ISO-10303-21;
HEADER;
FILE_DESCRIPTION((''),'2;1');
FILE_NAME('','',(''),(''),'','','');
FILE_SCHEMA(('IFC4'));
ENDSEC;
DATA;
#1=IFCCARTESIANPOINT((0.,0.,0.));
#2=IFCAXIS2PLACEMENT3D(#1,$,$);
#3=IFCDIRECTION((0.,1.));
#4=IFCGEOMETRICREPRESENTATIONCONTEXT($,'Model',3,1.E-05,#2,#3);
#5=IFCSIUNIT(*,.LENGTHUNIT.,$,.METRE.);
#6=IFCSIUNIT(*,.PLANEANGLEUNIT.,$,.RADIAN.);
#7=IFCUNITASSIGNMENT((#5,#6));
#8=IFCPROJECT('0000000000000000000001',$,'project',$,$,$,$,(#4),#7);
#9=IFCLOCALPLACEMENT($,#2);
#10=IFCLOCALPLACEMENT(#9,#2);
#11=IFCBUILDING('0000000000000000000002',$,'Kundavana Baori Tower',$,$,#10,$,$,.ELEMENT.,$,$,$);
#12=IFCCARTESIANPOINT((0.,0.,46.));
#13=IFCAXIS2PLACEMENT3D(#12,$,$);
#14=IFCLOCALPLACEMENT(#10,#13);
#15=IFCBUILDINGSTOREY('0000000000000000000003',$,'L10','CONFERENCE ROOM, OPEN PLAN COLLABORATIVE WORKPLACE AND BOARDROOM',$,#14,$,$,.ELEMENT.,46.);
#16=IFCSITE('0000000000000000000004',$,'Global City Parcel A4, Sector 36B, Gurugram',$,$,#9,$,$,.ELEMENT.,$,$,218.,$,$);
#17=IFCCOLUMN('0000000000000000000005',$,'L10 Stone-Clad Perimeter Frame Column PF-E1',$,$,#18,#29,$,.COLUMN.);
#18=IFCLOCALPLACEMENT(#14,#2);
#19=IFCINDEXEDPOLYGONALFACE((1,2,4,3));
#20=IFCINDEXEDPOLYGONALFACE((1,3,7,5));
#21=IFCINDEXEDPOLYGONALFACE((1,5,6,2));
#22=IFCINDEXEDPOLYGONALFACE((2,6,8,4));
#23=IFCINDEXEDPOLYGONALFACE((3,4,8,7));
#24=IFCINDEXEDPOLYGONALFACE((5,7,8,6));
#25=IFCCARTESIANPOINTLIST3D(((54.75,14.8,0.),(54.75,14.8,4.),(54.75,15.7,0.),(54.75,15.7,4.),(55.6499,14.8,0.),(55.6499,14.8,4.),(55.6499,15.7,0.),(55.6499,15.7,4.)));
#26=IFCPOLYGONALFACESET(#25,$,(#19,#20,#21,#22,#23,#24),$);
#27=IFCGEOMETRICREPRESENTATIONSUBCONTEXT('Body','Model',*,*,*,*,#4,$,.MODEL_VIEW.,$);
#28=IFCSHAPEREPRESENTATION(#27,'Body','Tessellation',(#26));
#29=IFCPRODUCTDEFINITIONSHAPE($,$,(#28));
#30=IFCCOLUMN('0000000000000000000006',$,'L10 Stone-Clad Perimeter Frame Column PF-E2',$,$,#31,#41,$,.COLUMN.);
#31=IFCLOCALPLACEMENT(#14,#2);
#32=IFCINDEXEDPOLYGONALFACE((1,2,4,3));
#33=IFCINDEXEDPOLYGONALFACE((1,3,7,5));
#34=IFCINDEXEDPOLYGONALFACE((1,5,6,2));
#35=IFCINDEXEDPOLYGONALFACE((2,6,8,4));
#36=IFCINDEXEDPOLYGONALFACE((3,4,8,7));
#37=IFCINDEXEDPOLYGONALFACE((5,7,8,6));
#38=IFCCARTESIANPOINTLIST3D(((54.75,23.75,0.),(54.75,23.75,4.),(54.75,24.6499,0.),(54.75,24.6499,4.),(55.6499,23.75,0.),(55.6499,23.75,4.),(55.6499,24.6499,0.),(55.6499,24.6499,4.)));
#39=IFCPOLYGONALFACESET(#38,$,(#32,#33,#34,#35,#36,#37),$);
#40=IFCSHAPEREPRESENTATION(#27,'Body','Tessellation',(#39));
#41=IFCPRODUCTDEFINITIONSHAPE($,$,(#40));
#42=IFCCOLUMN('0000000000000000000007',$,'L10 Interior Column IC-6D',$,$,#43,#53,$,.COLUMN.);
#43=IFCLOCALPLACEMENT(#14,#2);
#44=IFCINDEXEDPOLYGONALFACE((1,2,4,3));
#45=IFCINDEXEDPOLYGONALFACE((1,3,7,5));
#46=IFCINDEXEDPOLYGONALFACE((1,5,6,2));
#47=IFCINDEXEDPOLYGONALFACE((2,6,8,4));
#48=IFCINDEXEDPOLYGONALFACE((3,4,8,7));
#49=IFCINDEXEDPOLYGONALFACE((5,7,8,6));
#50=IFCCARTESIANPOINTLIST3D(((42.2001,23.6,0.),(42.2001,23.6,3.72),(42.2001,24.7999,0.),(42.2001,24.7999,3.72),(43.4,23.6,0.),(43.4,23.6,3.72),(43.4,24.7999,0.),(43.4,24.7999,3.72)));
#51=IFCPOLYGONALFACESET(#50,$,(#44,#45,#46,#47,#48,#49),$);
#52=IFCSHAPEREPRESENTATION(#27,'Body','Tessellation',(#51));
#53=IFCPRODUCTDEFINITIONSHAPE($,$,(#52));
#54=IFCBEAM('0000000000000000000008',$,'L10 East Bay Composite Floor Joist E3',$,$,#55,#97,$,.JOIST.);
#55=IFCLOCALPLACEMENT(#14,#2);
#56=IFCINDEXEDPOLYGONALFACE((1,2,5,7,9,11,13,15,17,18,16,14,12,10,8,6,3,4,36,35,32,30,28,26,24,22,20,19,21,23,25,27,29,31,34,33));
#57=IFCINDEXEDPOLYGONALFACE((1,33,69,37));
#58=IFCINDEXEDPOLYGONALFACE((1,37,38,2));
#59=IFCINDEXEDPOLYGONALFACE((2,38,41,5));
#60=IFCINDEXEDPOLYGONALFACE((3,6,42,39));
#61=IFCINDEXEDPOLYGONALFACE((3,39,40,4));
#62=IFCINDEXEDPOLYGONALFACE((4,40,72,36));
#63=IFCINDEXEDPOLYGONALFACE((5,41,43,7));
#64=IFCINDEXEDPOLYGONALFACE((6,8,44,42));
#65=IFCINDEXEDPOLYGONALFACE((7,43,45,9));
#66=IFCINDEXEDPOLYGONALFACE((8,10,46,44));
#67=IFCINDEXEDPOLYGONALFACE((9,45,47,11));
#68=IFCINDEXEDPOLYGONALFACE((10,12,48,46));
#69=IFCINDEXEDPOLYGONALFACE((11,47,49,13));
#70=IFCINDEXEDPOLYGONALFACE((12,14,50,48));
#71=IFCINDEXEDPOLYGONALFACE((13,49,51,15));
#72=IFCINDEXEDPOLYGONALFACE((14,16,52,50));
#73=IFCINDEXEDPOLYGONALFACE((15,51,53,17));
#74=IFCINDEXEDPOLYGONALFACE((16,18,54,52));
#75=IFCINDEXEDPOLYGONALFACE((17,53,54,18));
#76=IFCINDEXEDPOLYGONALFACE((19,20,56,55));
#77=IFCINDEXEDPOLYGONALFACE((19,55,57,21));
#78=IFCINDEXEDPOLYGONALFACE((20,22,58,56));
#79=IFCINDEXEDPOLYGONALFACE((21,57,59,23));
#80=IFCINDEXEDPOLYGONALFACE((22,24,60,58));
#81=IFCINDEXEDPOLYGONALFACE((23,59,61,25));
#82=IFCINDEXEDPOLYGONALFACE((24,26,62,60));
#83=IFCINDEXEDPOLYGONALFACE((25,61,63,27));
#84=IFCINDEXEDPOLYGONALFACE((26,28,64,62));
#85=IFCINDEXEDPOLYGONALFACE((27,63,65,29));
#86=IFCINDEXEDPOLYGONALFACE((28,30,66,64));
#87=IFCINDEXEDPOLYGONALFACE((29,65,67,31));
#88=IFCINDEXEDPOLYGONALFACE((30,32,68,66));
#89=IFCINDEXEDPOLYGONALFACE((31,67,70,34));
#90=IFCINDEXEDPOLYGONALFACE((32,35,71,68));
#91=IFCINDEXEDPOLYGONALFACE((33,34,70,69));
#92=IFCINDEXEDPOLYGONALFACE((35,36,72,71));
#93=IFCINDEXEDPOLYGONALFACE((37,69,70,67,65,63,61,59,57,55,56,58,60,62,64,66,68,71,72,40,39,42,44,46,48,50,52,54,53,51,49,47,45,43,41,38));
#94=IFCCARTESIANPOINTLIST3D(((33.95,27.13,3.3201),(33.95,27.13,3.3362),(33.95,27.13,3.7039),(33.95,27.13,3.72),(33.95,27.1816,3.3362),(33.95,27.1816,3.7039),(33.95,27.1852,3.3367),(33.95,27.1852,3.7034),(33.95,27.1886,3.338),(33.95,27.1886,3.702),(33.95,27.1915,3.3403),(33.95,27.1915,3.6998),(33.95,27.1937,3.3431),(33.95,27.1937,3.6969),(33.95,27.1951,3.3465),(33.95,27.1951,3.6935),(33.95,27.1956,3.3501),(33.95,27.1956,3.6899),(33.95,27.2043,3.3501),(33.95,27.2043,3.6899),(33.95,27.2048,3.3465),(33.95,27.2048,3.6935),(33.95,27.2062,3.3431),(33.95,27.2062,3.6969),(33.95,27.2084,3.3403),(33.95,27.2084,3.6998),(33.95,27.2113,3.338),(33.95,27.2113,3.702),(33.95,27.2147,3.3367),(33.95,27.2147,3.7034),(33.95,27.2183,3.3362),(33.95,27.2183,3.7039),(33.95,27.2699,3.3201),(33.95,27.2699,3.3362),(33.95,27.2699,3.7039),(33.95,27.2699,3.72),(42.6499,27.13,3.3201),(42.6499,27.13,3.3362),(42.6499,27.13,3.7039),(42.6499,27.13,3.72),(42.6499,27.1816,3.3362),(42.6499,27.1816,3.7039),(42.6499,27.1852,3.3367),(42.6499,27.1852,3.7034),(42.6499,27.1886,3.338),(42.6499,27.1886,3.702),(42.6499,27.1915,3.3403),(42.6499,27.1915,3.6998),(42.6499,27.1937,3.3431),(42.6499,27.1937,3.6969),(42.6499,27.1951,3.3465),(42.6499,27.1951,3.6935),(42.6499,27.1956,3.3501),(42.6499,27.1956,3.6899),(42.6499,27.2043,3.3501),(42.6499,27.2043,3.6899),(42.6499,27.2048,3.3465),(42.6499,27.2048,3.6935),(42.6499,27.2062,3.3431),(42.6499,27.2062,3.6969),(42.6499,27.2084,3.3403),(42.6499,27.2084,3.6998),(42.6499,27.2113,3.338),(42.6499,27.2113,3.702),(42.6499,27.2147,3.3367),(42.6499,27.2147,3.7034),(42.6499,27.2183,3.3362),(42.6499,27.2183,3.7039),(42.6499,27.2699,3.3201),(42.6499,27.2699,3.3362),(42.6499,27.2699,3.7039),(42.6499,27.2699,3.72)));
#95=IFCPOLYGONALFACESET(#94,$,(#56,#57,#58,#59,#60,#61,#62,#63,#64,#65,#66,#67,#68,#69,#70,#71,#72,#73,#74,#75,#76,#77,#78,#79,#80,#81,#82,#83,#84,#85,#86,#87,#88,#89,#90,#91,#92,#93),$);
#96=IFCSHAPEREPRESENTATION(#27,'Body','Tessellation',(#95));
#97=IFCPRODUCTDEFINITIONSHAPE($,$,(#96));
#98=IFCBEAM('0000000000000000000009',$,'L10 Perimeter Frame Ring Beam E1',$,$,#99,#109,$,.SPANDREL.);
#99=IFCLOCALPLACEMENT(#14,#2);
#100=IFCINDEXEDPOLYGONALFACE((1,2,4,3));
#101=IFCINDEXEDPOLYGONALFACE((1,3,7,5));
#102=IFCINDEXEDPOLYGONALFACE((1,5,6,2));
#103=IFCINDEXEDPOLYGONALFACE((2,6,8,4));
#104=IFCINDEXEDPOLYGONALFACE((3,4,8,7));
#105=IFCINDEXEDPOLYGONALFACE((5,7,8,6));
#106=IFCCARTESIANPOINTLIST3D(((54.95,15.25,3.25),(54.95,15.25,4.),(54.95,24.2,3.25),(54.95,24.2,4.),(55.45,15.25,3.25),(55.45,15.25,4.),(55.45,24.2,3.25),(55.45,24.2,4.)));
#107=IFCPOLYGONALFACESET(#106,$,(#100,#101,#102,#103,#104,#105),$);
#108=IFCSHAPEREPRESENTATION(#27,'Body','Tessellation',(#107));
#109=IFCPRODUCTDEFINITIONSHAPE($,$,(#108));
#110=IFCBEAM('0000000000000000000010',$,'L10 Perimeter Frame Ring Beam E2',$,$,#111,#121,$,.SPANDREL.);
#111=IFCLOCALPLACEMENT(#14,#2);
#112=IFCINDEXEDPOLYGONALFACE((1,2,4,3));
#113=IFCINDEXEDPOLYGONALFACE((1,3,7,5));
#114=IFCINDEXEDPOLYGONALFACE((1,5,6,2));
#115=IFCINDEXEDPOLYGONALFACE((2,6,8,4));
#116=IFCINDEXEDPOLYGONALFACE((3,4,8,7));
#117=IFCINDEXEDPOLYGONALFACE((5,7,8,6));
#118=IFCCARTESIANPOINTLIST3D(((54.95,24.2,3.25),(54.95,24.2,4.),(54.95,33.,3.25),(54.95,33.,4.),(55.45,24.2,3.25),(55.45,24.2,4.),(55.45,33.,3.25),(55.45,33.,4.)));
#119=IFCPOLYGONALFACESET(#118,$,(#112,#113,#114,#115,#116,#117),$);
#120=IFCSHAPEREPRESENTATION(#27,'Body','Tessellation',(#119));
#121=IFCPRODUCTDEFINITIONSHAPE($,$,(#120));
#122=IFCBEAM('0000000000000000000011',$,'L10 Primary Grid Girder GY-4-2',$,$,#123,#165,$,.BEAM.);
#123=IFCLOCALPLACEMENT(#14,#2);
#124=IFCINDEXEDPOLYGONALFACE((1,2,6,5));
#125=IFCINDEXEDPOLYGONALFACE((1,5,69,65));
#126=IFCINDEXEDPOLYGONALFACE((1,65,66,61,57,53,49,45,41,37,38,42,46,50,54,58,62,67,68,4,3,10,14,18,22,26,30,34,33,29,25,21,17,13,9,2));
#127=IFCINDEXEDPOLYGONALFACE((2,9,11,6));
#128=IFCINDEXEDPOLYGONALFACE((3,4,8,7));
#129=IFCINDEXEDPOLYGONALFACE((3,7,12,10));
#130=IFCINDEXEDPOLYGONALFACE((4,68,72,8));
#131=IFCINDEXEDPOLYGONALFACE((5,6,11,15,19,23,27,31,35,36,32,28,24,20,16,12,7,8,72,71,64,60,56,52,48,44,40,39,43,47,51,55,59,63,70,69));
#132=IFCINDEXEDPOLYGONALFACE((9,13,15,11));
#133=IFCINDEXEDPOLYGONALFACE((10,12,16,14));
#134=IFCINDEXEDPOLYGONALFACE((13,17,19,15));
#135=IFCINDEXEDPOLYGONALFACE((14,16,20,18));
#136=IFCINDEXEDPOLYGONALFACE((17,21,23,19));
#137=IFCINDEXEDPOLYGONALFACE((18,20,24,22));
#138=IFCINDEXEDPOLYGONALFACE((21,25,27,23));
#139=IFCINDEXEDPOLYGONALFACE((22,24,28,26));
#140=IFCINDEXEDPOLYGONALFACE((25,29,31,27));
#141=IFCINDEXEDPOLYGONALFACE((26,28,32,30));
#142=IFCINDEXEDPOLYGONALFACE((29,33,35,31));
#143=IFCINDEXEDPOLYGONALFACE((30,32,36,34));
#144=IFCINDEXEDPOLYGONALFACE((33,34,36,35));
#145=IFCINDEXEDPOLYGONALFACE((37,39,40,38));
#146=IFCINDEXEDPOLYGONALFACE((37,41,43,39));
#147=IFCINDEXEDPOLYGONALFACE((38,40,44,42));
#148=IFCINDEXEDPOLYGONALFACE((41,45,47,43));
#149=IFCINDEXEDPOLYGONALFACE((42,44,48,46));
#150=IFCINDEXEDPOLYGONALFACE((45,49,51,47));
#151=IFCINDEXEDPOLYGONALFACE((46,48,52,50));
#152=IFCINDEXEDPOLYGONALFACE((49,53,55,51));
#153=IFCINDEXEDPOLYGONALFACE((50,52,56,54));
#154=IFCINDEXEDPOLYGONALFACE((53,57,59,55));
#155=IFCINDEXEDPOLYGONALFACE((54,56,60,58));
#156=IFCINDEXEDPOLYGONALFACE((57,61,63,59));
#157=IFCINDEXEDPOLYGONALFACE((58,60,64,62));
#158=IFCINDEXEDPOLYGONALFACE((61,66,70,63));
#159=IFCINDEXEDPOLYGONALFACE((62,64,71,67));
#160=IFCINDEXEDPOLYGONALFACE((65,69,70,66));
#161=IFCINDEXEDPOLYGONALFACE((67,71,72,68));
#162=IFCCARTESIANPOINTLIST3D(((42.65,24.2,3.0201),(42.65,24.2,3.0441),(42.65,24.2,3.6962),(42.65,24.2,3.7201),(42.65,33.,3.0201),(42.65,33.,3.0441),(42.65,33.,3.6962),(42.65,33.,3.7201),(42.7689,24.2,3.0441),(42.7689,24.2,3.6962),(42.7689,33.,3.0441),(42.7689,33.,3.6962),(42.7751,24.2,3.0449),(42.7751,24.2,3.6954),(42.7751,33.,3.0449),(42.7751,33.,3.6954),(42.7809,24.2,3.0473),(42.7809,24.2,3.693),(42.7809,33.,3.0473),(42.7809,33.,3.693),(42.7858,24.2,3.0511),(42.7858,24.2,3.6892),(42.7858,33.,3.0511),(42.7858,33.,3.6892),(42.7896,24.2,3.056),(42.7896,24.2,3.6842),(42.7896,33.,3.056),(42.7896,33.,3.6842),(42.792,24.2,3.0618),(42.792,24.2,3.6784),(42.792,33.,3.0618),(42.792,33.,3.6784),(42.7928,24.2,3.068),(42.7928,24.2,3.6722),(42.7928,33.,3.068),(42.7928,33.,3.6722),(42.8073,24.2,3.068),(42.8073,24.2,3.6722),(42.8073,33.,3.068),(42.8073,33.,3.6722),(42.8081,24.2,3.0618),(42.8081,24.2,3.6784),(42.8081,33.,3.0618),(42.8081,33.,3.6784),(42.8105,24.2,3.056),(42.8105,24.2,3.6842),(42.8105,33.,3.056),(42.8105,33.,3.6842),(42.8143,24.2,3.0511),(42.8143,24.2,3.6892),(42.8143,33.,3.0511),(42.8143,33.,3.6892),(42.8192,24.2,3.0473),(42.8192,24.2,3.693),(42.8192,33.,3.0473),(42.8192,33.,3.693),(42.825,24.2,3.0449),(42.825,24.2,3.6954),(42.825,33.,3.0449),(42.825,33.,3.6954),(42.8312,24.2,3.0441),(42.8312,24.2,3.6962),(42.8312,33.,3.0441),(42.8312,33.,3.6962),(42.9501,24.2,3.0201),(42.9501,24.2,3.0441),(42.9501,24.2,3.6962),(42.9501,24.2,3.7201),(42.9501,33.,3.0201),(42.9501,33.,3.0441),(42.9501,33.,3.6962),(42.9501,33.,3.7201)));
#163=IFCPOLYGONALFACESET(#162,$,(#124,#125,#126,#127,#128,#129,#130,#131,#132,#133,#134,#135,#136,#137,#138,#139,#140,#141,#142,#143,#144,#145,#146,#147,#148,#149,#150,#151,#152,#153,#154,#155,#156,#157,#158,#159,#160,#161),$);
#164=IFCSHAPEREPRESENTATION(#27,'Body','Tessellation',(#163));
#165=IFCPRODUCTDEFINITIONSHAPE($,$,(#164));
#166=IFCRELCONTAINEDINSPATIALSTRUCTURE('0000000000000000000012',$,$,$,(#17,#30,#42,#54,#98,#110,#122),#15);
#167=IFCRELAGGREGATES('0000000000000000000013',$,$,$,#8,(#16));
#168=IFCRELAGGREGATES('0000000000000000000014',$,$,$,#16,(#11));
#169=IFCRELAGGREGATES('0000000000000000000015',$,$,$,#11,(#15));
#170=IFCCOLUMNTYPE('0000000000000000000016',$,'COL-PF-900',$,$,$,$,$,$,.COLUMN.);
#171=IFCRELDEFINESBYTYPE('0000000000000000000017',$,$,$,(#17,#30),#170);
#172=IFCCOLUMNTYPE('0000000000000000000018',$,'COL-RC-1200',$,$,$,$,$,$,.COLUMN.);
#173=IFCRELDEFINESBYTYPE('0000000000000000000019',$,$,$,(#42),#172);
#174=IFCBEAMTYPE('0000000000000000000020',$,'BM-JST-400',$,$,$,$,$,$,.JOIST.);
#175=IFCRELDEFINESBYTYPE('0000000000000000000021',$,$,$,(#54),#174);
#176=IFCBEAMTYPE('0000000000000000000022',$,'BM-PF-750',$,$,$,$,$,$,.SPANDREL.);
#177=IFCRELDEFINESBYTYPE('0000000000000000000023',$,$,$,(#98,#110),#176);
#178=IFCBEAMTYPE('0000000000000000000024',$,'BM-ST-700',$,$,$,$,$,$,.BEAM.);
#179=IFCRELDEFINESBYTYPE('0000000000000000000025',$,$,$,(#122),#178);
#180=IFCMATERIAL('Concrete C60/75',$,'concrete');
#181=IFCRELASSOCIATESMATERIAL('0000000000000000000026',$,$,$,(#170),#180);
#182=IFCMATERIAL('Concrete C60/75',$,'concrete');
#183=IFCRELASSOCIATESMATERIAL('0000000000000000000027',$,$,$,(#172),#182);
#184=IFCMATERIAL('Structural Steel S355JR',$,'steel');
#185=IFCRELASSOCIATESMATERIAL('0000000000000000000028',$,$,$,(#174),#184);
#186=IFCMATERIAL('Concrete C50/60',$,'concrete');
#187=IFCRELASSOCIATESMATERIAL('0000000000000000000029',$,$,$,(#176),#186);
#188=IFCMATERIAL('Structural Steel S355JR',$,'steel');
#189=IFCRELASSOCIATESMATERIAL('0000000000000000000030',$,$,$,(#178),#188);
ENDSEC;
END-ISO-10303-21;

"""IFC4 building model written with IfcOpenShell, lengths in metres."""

from ifc_helpers import new_model, si_unit, direction, frame, origin, origin_2d, place, context, subcontext, project, spatial, rectangle, i_section, extrude, material, material_profile, profile_set, type_object, element, save


model = new_model("IFC4")

# Units and contexts
model_context = context("Model", 3, precision=1e-05, world=origin(), true_north=direction((0.0, 1.0)))
body_context = subcontext(model_context, "Body", "Model", "MODEL_VIEW")
ifc_project = project(units=[si_unit("LENGTHUNIT", "METRE"), si_unit("PLANEANGLEUNIT", "RADIAN")], contexts=[model_context])

# Site, building, storey
site_placement = place(None, origin())
site = spatial("IfcSite", under=ifc_project, at=site_placement, Name="Global City Parcel A4, Sector 36B, Gurugram", CompositionType="ELEMENT", RefElevation=218.0)
building_placement = place(site_placement, origin())
building = spatial("IfcBuilding", under=site, at=building_placement, Name="Kundavana Baori Tower", CompositionType="ELEMENT")
storey_placement = place(building_placement, frame((0.0, 0.0, 46.0)))
storey = spatial("IfcBuildingStorey", under=building, at=storey_placement, Name="L10", Description="CONFERENCE ROOM, OPEN PLAN COLLABORATIVE WORKPLACE AND BOARDROOM", CompositionType="ELEMENT", Elevation=46.0)

# Columns
ifc_material_1 = material(Name="Concrete C60/75", Category="concrete")
ifc_material_profile_1 = material_profile(ifc_material_1, rectangle(XDim=0.8999, YDim=0.8999, at=origin_2d()), Name="RC PF 900x900")
ifc_profile_set_1 = profile_set([ifc_material_profile_1], Name="Concrete C60/75")
column_type_1 = type_object("IfcColumnType", Name="COL-PF-900", PredefinedType="COLUMN", material=ifc_profile_set_1)
for number, where, z_axis, x_axis, name in (
    (1, (55.2, 15.25, 0.0), (0.0, 0.0, 1.0), (1.0, 0.0, 0.0), "L10 Stone-Clad Perimeter Frame Column PF-E1"),
    (2, (55.2, 24.2, 0.0), (0.0, 0.0, 1.0), (1.0, 0.0, 0.0), "L10 Stone-Clad Perimeter Frame Column PF-E2"),
):
    element("IfcColumn", number, at=place(storey_placement, frame(where, z_axis=z_axis, x_axis=x_axis)), inside=storey, type_object=column_type_1, Name=name, PredefinedType="COLUMN", context=body_context, shape_type="SweptSolid", body=[
        extrude(rectangle(XDim=0.8999, YDim=0.8999, at=origin_2d()), origin(), (0.0, 0.0, 1.0), 4.0),
    ])
ifc_material_2 = material(Name="Concrete C60/75", Category="concrete")
ifc_material_profile_2 = material_profile(ifc_material_2, rectangle(XDim=1.2, YDim=1.2, at=origin_2d()), Name="RC 1200x1200")
ifc_profile_set_2 = profile_set([ifc_material_profile_2], Name="Concrete C60/75")
column_type_2 = type_object("IfcColumnType", Name="COL-RC-1200", PredefinedType="COLUMN", material=ifc_profile_set_2)
column_placement = place(storey_placement, frame((42.8, 24.2, 0.0), z_axis=(0.0, 0.0, 1.0), x_axis=(1.0, 0.0, 0.0)))
element("IfcColumn", 3, at=column_placement, inside=storey, type_object=column_type_2, Name="L10 Interior Column IC-6D", PredefinedType="COLUMN", context=body_context, shape_type="SweptSolid", body=[
    extrude(rectangle(XDim=1.2, YDim=1.2, at=origin_2d()), origin(), (0.0, 0.0, 1.0), 3.72),
])

# Beams
ifc_material_3 = material(Name="Structural Steel S355JR", Category="steel")
ifc_material_profile_3 = material_profile(ifc_material_3, i_section(OverallWidth=0.1399, OverallDepth=0.3999, WebThickness=0.0088, FlangeThickness=0.0161, FilletRadius=0.0139, at=origin_2d()), Name="ISMB 400")
ifc_profile_set_3 = profile_set([ifc_material_profile_3], Name="Structural Steel S355JR")
beam_type_1 = type_object("IfcBeamType", Name="BM-JST-400", PredefinedType="JOIST", material=ifc_profile_set_3)
beam_1_placement = place(storey_placement, frame((33.95, 27.2, 3.52), z_axis=(1.0, 0.0, 0.0), x_axis=(0.0, 1.0, 0.0)))
element("IfcBeam", 4, at=beam_1_placement, inside=storey, type_object=beam_type_1, Name="L10 East Bay Composite Floor Joist E3", PredefinedType="JOIST", context=body_context, shape_type="SweptSolid", body=[
    extrude(i_section(OverallWidth=0.1399, OverallDepth=0.3999, WebThickness=0.0088, FlangeThickness=0.0161, FilletRadius=0.0139, at=origin_2d()), origin(), (0.0, 0.0, 1.0), 8.7),
])
ifc_material_4 = material(Name="Concrete C50/60", Category="concrete")
ifc_material_profile_4 = material_profile(ifc_material_4, rectangle(XDim=0.5, YDim=0.75, at=origin_2d()), Name="RC BM 500x750")
ifc_profile_set_4 = profile_set([ifc_material_profile_4], Name="Concrete C50/60")
beam_type_2 = type_object("IfcBeamType", Name="BM-PF-750", PredefinedType="SPANDREL", material=ifc_profile_set_4)
beam_2_placement = place(storey_placement, frame((55.2, 15.25, 3.625), z_axis=(0.0, 1.0, 0.0), x_axis=(-1.0, 0.0, 0.0)))
element("IfcBeam", 5, at=beam_2_placement, inside=storey, type_object=beam_type_2, Name="L10 Perimeter Frame Ring Beam E1", PredefinedType="SPANDREL", context=body_context, shape_type="SweptSolid", body=[
    extrude(rectangle(XDim=0.5, YDim=0.75, at=origin_2d()), origin(), (0.0, 0.0, 1.0), 8.95),
])
beam_3_placement = place(storey_placement, frame((55.2, 24.2, 3.625), z_axis=(0.0, 1.0, 0.0), x_axis=(-1.0, 0.0, 0.0)))
element("IfcBeam", 6, at=beam_3_placement, inside=storey, type_object=beam_type_2, Name="L10 Perimeter Frame Ring Beam E2", PredefinedType="SPANDREL", context=body_context, shape_type="SweptSolid", body=[
    extrude(rectangle(XDim=0.5, YDim=0.75, at=origin_2d()), origin(), (0.0, 0.0, 1.0), 8.8),
])
ifc_material_5 = material(Name="Structural Steel S355JR", Category="steel")
ifc_material_profile_5 = material_profile(ifc_material_5, i_section(OverallWidth=0.3, OverallDepth=0.7, WebThickness=0.0144, FlangeThickness=0.0239, FilletRadius=0.0239, at=origin_2d()), Name="NPB 700x300x170")
ifc_profile_set_5 = profile_set([ifc_material_profile_5], Name="Structural Steel S355JR")
beam_type_3 = type_object("IfcBeamType", Name="BM-ST-700", PredefinedType="BEAM", material=ifc_profile_set_5)
beam_4_placement = place(storey_placement, frame((42.8, 24.2, 3.3701), z_axis=(0.0, 1.0, 0.0), x_axis=(-1.0, 0.0, 0.0)))
element("IfcBeam", 7, at=beam_4_placement, inside=storey, type_object=beam_type_3, Name="L10 Primary Grid Girder GY-4-2", PredefinedType="BEAM", context=body_context, shape_type="SweptSolid", body=[
    extrude(i_section(OverallWidth=0.3, OverallDepth=0.7, WebThickness=0.0144, FlangeThickness=0.0239, FilletRadius=0.0239, at=origin_2d()), origin(), (0.0, 0.0, 1.0), 8.8),
])

save(model, "model.ifc")
